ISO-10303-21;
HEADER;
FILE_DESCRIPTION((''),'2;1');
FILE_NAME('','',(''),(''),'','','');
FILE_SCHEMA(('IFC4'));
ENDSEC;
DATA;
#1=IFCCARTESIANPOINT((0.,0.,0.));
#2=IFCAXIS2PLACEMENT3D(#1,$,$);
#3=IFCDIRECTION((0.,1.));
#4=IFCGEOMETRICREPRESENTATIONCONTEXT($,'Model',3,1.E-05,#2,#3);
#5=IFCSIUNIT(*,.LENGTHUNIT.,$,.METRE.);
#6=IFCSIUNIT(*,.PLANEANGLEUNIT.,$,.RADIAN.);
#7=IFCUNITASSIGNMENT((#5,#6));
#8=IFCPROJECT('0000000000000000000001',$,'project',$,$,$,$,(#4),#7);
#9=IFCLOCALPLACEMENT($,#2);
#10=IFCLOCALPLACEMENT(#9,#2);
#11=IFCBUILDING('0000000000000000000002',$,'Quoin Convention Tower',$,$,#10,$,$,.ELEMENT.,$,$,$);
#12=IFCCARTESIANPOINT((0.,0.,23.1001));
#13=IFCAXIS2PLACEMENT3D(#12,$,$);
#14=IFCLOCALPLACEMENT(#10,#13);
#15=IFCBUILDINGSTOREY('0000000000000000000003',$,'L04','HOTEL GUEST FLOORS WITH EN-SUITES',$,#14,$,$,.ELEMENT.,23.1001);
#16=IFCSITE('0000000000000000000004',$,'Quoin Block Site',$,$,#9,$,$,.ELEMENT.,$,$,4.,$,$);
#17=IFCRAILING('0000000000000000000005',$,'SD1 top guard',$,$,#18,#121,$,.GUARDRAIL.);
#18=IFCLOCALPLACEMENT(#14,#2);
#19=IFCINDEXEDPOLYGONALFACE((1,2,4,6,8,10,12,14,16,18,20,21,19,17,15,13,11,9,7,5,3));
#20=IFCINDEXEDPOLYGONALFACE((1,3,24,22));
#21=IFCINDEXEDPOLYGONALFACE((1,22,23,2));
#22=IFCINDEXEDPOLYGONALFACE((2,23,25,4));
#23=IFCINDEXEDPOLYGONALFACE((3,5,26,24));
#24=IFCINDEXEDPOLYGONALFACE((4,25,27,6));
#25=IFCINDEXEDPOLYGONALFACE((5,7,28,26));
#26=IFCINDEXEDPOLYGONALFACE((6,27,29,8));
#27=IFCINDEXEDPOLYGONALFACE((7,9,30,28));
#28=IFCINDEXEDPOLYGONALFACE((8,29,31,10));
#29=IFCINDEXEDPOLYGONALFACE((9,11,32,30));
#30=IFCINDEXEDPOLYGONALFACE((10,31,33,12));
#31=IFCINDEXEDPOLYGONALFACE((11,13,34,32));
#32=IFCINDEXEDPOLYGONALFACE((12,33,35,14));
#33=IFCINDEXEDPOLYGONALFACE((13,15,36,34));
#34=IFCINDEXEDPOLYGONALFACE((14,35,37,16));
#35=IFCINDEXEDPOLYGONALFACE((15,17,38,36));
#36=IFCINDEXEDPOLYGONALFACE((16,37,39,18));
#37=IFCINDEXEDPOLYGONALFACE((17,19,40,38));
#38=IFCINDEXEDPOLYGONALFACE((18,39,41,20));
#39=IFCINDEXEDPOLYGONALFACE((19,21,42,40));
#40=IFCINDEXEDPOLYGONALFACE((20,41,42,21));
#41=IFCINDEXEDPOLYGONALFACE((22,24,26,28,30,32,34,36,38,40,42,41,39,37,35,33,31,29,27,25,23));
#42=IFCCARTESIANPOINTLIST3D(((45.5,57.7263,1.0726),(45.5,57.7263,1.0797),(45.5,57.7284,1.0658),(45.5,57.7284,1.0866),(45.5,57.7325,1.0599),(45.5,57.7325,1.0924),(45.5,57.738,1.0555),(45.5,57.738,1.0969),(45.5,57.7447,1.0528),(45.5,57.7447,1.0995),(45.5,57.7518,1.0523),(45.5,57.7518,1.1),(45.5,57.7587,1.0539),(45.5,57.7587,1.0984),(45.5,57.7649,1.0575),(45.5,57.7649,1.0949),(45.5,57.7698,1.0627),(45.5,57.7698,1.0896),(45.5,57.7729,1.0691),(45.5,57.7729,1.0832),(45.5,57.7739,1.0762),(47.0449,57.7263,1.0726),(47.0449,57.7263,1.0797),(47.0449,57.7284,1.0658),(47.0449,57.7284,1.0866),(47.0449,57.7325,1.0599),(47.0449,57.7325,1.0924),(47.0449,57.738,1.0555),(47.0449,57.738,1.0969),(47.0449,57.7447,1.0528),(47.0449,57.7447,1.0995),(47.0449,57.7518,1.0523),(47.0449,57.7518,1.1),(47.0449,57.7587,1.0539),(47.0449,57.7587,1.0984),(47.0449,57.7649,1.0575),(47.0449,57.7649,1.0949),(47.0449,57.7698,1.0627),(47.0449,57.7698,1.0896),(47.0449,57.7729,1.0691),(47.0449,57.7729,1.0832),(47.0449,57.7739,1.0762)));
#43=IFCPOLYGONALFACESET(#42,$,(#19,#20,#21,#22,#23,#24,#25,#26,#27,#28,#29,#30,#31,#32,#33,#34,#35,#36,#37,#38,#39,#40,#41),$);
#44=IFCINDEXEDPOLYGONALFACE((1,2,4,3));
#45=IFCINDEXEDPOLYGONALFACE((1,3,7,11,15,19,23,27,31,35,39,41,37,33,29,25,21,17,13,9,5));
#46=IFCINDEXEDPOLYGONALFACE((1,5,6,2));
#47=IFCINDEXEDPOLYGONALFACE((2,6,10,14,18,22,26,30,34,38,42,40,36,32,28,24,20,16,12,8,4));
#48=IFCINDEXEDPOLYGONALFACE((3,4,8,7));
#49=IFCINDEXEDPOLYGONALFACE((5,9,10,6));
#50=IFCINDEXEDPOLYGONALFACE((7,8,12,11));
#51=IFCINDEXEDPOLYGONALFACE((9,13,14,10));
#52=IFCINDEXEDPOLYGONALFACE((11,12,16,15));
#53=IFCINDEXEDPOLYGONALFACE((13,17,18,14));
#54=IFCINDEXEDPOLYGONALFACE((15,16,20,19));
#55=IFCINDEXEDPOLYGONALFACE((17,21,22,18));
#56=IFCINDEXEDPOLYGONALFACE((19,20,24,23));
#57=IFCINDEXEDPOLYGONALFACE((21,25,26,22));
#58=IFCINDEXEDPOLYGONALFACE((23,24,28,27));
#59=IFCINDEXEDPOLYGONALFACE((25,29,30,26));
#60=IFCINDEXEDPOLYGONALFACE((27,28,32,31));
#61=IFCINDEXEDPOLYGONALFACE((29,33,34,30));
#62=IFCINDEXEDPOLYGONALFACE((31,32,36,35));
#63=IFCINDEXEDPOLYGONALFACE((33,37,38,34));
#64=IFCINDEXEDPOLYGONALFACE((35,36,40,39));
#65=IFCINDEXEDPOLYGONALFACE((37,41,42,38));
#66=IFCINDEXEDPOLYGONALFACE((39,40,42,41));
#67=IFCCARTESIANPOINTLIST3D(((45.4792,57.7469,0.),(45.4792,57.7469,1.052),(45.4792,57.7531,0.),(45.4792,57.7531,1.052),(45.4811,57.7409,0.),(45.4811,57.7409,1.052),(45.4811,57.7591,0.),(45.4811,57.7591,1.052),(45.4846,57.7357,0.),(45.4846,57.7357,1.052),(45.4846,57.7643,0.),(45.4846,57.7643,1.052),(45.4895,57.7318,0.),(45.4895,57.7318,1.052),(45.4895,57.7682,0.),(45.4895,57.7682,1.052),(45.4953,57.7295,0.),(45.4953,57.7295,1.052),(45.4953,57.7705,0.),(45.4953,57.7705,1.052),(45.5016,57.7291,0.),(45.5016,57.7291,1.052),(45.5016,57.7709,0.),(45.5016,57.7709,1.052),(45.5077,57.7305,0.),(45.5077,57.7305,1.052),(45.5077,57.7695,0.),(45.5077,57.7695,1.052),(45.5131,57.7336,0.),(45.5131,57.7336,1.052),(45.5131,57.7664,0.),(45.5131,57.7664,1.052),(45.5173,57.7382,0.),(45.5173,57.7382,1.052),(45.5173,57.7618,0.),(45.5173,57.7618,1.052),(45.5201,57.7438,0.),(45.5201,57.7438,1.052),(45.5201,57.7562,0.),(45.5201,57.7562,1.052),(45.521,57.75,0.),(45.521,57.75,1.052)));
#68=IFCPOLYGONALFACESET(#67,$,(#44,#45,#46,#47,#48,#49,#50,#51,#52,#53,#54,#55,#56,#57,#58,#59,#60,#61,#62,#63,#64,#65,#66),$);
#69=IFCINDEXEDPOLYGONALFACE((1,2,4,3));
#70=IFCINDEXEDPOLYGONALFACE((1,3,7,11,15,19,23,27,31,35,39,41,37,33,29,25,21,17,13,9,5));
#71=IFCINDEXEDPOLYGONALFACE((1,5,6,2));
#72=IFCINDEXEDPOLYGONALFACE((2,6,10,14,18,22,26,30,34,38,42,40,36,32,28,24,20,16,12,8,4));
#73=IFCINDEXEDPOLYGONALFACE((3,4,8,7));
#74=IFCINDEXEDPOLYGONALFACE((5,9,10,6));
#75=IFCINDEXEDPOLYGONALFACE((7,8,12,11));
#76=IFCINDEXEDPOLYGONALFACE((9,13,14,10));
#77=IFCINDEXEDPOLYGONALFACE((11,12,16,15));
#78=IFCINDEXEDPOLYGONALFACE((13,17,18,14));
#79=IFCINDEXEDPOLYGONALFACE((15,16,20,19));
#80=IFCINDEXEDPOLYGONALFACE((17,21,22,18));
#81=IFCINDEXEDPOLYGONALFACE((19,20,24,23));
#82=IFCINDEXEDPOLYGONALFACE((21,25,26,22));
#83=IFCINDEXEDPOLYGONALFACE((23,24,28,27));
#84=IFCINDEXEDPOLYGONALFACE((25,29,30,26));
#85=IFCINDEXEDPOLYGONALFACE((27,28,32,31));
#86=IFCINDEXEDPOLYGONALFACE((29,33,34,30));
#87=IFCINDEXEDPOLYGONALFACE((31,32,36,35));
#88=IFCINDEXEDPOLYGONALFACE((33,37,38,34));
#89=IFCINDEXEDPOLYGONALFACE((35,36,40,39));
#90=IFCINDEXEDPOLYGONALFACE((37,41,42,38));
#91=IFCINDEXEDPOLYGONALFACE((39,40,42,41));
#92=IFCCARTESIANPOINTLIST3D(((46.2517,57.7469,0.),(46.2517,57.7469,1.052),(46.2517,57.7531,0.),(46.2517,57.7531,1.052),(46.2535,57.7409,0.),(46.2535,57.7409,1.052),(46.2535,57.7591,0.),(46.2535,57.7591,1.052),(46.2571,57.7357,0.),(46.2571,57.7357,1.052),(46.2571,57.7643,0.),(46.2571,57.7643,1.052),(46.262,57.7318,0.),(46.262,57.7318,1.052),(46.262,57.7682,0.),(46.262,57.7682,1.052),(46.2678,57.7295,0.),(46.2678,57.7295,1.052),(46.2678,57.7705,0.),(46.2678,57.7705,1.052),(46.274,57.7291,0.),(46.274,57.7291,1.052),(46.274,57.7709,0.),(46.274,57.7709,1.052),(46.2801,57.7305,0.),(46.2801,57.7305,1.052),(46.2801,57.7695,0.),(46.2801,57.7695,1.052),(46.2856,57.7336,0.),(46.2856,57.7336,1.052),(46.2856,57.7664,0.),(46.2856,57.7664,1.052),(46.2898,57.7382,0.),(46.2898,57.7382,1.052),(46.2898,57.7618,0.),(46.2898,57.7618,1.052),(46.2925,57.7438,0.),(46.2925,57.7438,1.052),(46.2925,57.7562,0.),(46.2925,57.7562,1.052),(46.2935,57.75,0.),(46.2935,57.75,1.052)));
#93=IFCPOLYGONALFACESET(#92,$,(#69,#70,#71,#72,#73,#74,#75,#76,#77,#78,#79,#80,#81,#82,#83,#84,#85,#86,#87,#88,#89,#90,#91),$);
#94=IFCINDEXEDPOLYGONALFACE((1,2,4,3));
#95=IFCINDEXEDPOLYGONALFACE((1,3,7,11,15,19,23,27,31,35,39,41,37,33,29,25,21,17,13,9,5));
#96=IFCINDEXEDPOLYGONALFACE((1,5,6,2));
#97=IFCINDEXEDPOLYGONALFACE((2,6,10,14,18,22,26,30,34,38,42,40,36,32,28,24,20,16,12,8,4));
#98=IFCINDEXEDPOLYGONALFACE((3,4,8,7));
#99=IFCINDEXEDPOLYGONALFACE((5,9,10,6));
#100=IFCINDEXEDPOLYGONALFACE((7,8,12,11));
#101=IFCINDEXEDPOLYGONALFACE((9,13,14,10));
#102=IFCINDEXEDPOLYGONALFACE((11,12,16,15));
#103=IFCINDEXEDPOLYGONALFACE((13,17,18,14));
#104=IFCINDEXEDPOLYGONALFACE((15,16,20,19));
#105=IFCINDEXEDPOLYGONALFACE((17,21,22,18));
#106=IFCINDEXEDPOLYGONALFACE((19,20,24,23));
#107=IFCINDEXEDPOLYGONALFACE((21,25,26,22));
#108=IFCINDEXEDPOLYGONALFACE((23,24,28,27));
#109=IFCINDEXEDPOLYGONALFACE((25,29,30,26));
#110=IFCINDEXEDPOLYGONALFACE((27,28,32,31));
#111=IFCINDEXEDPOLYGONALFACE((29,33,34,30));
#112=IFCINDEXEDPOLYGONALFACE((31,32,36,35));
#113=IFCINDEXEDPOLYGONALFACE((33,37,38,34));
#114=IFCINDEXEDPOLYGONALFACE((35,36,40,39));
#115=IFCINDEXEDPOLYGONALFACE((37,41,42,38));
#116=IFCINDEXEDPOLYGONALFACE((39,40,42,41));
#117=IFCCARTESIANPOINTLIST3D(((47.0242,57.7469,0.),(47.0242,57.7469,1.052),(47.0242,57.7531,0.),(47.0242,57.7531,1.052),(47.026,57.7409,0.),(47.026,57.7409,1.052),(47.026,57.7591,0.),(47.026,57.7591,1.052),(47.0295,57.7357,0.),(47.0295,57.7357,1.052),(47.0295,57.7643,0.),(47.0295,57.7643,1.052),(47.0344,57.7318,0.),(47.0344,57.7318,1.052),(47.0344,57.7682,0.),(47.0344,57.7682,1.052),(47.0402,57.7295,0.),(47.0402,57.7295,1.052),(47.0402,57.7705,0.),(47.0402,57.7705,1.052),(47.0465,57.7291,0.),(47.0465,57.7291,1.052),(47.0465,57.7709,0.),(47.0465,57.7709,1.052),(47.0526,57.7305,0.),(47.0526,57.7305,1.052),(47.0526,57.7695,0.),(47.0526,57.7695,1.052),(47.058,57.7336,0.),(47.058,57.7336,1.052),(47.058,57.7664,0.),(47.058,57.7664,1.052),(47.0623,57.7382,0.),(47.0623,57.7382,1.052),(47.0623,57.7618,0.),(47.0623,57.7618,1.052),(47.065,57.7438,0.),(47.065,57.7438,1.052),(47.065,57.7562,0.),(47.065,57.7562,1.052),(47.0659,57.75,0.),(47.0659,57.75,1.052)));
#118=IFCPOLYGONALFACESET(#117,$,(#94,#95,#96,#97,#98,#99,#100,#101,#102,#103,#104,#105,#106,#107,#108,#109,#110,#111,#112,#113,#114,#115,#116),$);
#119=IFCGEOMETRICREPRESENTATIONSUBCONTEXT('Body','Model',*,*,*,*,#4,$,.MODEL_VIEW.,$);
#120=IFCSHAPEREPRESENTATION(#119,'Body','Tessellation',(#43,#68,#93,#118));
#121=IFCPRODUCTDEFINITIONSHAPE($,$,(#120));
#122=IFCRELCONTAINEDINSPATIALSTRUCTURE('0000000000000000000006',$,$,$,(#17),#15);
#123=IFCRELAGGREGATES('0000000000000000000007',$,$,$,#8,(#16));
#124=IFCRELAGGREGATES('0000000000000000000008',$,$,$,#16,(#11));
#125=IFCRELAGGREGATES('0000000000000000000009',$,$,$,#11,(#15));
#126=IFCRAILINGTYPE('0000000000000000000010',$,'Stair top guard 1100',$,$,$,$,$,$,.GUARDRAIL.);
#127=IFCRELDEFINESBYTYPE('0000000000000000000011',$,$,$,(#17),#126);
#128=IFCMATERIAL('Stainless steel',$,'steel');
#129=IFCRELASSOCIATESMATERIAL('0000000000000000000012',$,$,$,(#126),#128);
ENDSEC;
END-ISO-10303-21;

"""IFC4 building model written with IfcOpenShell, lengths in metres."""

from ifc_helpers import new_model, si_unit, direction, frame, origin, origin_2d, place, context, subcontext, project, spatial, circle, extrude, material, type_object, element, save


model = new_model("IFC4")

# Units and contexts
model_context = context("Model", 3, precision=1e-05, world=origin(), true_north=direction((0.0, 1.0)))
body_context = subcontext(model_context, "Body", "Model", "MODEL_VIEW")
ifc_project = project(units=[si_unit("LENGTHUNIT", "METRE"), si_unit("PLANEANGLEUNIT", "RADIAN")], contexts=[model_context])

# Site, building, storey
site_placement = place(None, origin())
site = spatial("IfcSite", under=ifc_project, at=site_placement, Name="Quoin Block Site", CompositionType="ELEMENT", RefElevation=4.0)
building_placement = place(site_placement, origin())
building = spatial("IfcBuilding", under=site, at=building_placement, Name="Quoin Convention Tower", CompositionType="ELEMENT")
storey_placement = place(building_placement, frame((0.0, 0.0, 23.1001)))
storey = spatial("IfcBuildingStorey", under=building, at=storey_placement, Name="L04", Description="HOTEL GUEST FLOORS WITH EN-SUITES", CompositionType="ELEMENT", Elevation=23.1001)

# Railing
ifc_material_1 = material(Name="Stainless steel", Category="steel")
railing_type = type_object("IfcRailingType", Name="Stair top guard 1100", PredefinedType="GUARDRAIL", material=ifc_material_1)
railing_1_placement = place(storey_placement, frame((45.5, 57.75, 0.0)))
element("IfcRailing", 1, at=railing_1_placement, inside=storey, type_object=railing_type, Name="SD1 top guard", PredefinedType="GUARDRAIL", context=body_context, shape_type="SweptSolid", body=[
    extrude(circle(Radius=0.0239, at=origin_2d()), frame((0.0, 0.0, 1.0762), z_axis=(1.0, 0.0, 0.0), x_axis=(0.0, 1.0, 0.0)), (0.0, 0.0, 1.0), 1.5449),
    extrude(circle(Radius=0.021, at=origin_2d()), origin(), (0.0, 0.0, 1.0), 1.052),
    extrude(circle(Radius=0.021, at=origin_2d()), frame((0.7725, 0.0, 0.0)), (0.0, 0.0, 1.0), 1.052),
    extrude(circle(Radius=0.021, at=origin_2d()), frame((1.5449, 0.0, 0.0)), (0.0, 0.0, 1.0), 1.052),
])

save(model, "model.ifc")
